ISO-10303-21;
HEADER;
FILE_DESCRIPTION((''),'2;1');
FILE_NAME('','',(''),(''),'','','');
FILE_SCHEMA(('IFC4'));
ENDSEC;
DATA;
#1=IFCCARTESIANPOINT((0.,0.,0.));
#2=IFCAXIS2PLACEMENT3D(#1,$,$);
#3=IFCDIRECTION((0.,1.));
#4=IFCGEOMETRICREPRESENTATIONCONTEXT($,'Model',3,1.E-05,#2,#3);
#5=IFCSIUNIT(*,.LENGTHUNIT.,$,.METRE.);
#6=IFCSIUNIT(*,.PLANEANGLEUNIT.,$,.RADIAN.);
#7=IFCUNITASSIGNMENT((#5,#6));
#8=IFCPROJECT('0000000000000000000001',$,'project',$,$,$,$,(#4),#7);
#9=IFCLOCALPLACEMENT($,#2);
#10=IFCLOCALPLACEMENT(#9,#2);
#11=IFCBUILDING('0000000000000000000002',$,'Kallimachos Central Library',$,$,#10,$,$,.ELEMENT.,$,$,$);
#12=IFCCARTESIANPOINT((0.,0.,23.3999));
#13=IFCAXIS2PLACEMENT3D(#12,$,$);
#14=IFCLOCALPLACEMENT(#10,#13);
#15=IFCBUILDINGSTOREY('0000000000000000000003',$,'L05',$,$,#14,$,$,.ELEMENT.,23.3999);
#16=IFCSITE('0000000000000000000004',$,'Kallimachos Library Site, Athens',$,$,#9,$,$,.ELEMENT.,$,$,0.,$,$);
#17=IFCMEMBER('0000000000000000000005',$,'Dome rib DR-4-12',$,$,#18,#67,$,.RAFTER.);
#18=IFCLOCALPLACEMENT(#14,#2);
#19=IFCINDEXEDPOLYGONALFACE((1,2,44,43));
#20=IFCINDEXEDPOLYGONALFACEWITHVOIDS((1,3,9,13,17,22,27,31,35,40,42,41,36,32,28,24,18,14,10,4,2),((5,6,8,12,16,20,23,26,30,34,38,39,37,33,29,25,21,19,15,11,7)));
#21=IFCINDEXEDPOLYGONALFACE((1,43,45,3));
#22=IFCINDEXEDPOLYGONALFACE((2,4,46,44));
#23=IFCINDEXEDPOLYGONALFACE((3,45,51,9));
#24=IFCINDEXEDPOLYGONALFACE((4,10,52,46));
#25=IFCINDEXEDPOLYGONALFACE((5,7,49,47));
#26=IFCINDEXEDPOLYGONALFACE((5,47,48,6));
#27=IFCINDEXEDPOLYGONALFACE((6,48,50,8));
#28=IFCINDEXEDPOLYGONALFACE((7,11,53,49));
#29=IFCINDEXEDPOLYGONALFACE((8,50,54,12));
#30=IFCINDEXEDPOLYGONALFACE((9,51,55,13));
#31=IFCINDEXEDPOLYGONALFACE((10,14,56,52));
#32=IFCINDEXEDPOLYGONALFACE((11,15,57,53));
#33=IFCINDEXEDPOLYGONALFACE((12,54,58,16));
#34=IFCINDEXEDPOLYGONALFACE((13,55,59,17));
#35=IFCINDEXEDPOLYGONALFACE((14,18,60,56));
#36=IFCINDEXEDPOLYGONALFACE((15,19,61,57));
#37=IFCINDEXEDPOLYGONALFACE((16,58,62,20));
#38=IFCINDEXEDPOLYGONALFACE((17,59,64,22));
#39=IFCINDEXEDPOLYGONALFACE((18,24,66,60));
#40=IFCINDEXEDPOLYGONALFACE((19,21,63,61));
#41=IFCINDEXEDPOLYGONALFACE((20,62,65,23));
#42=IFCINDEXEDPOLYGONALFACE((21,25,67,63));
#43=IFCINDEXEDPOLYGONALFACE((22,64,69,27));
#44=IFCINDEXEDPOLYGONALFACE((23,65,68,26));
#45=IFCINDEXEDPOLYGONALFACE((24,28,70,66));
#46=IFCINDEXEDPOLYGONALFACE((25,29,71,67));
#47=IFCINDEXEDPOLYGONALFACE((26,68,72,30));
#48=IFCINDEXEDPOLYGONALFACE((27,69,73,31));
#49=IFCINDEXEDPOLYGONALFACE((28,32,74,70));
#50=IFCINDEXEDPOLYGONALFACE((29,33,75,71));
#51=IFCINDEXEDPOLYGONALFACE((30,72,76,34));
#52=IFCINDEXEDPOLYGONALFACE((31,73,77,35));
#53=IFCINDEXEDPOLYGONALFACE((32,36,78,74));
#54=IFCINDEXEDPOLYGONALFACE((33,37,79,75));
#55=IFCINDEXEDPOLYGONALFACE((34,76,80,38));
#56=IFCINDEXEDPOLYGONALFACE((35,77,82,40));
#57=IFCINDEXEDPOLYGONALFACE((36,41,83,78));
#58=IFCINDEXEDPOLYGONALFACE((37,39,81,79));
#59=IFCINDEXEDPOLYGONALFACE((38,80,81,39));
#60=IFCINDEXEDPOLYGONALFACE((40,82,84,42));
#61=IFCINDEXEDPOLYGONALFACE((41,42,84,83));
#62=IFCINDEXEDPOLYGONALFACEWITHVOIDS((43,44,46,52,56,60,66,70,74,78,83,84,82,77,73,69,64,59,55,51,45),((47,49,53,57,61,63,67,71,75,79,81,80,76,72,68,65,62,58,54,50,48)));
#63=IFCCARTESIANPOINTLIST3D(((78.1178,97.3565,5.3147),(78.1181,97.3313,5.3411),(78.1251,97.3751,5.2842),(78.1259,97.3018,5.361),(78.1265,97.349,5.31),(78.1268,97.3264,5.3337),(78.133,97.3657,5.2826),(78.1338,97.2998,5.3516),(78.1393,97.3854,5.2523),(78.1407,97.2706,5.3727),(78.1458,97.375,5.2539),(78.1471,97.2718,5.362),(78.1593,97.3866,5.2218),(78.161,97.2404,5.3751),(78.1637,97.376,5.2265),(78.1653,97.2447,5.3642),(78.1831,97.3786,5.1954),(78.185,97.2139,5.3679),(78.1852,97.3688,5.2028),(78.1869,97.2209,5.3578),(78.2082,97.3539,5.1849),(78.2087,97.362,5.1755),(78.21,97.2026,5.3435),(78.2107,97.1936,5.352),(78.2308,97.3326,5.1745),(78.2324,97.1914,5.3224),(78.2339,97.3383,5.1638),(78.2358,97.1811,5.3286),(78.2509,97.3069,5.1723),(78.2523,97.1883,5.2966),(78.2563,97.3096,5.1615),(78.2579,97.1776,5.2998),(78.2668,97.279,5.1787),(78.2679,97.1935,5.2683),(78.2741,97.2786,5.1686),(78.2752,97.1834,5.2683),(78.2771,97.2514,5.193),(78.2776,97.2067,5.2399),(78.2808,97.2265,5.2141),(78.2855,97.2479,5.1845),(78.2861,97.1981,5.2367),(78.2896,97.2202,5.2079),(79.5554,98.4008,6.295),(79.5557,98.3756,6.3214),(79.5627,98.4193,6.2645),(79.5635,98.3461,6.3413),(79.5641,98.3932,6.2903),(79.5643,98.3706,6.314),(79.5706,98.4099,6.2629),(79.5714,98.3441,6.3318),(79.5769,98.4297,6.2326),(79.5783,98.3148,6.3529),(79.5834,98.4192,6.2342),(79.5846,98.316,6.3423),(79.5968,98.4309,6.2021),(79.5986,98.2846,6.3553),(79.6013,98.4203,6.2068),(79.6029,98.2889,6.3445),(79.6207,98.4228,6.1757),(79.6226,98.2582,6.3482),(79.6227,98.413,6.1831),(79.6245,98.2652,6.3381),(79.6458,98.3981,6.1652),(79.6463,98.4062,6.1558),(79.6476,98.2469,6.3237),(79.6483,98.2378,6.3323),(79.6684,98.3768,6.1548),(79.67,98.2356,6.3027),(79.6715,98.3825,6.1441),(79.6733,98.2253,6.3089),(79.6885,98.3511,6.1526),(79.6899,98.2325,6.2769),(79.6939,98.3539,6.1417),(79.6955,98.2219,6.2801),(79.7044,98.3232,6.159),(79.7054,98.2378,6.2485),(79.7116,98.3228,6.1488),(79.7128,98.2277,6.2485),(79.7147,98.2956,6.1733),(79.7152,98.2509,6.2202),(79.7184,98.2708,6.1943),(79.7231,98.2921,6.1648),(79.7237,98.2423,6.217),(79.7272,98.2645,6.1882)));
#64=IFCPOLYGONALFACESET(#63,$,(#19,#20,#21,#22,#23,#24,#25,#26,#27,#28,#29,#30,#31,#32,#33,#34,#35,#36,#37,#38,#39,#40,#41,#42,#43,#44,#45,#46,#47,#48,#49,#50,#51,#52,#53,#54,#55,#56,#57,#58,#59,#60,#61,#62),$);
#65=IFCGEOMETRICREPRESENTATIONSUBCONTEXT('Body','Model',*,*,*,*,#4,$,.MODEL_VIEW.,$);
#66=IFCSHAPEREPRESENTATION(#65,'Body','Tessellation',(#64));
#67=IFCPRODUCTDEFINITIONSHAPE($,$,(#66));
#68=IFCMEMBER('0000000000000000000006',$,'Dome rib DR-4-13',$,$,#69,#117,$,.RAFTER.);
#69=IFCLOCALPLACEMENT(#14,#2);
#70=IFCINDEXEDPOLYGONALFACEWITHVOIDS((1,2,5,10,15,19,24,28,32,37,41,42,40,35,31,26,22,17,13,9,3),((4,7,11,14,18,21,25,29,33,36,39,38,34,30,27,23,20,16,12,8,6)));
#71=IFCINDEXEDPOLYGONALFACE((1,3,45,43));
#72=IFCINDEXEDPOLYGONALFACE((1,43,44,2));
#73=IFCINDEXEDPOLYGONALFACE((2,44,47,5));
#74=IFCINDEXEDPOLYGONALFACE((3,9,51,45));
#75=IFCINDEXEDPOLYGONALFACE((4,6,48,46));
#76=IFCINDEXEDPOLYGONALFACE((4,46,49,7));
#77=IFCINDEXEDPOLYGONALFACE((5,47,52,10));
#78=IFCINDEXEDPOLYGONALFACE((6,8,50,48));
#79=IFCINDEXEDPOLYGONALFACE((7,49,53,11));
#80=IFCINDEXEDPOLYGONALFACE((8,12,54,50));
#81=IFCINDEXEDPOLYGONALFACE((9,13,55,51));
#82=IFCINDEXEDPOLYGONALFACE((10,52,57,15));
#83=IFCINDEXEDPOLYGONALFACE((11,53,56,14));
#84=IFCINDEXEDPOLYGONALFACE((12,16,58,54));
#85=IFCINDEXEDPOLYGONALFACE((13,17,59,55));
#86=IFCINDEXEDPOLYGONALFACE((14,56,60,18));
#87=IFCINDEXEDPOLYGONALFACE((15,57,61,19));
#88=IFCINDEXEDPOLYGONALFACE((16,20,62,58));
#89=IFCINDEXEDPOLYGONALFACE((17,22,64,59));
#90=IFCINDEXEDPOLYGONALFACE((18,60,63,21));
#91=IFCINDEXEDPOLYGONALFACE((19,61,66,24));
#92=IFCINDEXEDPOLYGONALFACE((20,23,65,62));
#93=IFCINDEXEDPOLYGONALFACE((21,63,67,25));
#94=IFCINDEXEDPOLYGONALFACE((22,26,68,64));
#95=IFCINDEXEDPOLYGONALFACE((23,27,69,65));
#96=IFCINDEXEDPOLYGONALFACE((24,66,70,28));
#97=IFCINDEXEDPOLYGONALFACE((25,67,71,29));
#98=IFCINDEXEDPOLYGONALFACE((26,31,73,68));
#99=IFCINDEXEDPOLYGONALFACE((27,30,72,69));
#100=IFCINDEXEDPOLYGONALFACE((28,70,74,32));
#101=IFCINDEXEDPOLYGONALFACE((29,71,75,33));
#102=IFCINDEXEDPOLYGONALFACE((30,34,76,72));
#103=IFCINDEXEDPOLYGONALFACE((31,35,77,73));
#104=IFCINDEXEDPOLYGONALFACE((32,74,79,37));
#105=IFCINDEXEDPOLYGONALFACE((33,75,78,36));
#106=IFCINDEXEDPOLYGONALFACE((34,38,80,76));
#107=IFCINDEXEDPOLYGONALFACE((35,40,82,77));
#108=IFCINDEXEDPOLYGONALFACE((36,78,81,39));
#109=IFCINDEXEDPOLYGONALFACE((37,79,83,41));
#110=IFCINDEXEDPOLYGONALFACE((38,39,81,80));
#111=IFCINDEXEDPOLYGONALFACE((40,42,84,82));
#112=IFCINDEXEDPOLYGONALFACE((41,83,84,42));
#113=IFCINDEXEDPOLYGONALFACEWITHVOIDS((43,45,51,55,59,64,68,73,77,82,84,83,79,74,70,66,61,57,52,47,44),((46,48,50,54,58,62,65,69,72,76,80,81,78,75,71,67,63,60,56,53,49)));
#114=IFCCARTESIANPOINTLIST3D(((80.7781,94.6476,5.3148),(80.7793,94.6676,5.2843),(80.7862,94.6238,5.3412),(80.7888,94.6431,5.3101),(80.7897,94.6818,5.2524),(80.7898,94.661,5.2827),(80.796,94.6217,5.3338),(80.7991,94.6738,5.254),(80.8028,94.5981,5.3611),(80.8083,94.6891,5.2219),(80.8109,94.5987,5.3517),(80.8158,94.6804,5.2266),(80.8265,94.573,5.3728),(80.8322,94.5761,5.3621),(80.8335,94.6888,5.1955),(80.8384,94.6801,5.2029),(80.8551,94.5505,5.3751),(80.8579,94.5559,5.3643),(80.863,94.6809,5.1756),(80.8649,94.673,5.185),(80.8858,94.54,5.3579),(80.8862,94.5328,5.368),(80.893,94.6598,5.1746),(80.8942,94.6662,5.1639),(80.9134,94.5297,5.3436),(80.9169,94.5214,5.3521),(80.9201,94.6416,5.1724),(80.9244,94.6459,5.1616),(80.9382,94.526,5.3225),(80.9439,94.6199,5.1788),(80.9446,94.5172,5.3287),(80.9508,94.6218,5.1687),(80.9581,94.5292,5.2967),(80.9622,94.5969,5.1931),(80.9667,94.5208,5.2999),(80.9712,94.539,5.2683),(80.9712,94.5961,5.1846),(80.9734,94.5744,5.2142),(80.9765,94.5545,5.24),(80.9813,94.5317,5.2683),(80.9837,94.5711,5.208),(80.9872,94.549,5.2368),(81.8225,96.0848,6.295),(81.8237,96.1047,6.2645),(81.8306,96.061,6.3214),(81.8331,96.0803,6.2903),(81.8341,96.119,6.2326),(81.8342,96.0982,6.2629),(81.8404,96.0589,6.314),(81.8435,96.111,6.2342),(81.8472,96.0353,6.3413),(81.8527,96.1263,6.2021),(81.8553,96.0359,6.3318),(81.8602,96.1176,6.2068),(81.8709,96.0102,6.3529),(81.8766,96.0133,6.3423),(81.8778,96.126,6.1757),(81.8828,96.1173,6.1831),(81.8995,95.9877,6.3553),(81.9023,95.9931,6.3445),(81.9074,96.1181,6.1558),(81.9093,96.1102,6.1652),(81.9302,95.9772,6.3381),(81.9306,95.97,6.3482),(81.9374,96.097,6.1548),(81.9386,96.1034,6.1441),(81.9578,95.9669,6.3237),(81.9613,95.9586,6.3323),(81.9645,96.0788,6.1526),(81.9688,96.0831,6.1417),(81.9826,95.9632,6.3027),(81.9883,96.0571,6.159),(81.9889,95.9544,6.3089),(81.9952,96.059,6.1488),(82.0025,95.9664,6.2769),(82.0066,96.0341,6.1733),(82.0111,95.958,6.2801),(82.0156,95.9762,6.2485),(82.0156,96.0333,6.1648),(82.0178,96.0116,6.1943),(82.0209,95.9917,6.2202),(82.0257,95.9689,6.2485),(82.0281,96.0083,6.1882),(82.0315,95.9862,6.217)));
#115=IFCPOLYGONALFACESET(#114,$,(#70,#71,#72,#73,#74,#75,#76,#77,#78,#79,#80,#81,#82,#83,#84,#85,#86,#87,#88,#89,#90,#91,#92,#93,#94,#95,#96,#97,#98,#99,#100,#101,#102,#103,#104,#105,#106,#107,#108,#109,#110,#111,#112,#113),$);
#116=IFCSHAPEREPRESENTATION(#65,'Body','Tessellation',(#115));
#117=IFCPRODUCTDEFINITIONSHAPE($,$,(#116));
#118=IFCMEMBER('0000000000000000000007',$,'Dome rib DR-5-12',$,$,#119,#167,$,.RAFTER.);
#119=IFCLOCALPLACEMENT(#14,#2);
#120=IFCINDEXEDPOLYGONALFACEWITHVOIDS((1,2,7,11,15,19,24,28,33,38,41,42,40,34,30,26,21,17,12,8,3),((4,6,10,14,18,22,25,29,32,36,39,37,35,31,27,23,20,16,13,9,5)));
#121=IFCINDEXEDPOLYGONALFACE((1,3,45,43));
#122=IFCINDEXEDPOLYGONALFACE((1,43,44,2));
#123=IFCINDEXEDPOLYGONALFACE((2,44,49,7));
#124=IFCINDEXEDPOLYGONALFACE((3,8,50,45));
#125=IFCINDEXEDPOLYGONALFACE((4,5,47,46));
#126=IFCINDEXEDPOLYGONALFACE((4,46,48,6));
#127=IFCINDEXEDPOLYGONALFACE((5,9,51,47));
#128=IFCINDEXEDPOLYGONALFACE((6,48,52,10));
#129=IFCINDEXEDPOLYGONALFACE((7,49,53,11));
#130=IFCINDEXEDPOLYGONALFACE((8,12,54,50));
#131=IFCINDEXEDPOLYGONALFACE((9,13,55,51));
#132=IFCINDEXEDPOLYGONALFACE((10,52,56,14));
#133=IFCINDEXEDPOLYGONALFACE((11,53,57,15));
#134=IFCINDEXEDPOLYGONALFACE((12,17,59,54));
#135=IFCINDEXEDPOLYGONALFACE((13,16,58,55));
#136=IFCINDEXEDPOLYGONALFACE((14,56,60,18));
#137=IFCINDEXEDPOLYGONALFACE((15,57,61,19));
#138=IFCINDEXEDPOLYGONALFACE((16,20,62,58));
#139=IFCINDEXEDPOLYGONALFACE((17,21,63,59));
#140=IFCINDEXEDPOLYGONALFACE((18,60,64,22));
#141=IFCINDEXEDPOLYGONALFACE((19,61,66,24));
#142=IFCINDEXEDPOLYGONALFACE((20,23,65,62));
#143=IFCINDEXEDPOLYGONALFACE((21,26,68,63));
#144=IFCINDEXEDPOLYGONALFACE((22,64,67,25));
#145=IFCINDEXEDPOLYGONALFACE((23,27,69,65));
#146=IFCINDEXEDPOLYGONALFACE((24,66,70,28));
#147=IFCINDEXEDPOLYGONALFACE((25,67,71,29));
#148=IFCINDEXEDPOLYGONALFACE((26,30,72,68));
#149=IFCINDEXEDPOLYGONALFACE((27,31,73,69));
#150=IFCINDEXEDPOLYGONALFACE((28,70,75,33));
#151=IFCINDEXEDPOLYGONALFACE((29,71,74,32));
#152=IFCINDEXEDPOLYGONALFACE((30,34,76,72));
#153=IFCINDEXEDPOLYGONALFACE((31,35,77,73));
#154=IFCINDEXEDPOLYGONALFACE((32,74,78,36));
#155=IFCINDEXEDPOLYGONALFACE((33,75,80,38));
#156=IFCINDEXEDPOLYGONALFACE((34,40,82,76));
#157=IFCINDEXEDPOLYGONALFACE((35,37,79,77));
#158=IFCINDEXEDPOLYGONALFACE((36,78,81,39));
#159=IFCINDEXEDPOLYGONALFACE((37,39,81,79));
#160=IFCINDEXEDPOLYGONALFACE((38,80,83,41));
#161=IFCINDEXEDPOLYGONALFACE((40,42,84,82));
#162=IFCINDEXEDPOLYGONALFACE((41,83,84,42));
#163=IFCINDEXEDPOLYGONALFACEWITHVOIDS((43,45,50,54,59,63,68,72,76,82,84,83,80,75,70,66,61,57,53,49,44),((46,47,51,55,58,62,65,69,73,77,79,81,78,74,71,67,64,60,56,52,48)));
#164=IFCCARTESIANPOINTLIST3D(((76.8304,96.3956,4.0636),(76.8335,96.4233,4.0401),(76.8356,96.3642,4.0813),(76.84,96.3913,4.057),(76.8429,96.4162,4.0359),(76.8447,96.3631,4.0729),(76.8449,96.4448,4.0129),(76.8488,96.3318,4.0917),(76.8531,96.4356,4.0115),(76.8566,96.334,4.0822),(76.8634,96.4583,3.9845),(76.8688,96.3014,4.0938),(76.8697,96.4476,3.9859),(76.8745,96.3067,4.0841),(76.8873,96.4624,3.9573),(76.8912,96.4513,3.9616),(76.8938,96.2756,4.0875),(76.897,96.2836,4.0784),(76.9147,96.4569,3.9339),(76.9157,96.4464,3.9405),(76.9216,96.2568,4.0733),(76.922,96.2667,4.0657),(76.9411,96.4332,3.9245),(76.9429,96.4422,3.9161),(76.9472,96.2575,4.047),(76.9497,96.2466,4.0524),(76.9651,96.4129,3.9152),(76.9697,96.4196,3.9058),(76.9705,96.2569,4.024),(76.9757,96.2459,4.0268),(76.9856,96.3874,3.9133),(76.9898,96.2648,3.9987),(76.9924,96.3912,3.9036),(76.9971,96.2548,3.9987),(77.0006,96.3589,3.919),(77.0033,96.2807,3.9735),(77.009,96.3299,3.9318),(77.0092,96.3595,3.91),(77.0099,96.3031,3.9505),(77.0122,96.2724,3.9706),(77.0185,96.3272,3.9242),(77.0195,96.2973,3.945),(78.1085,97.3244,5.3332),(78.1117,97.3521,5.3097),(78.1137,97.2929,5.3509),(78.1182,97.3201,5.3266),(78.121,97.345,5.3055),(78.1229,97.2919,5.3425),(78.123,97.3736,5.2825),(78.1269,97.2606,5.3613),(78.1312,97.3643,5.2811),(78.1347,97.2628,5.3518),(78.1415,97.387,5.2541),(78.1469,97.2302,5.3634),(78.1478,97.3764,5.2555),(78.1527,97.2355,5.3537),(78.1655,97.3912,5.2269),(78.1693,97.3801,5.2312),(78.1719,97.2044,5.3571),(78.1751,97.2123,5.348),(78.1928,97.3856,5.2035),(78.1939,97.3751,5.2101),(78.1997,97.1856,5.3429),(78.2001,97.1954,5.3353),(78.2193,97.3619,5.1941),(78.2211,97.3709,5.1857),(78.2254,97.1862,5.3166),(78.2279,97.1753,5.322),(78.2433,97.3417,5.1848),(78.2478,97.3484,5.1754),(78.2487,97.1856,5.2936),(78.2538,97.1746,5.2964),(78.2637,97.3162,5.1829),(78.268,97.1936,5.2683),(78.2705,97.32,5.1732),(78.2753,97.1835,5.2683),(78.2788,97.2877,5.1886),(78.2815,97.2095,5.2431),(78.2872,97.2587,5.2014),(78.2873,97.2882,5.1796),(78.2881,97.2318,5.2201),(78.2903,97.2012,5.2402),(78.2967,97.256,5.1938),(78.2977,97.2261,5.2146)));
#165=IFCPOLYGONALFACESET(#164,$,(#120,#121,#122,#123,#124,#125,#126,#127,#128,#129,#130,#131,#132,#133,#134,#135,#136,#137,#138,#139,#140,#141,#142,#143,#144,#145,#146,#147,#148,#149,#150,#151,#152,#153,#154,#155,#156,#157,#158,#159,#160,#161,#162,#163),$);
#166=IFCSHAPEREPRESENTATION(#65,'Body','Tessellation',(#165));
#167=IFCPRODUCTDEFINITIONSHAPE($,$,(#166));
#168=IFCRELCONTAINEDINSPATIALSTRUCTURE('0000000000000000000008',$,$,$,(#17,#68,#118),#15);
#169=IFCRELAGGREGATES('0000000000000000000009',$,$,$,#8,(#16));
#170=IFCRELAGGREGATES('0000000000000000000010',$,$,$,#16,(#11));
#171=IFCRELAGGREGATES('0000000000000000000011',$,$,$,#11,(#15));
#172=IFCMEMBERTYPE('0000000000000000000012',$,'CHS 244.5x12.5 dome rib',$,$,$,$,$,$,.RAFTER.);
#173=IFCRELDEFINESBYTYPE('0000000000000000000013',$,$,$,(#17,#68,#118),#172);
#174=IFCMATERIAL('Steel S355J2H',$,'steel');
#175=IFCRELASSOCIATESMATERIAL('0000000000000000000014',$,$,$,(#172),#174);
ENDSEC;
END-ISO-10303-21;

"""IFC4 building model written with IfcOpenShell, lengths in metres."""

from ifc_helpers import new_model, si_unit, direction, frame, origin, origin_2d, place, context, subcontext, project, spatial, hollow_circle, extrude, material, material_profile, profile_set, type_object, element, save


model = new_model("IFC4")

# Units and contexts
model_context = context("Model", 3, precision=1e-05, world=origin(), true_north=direction((0.0, 1.0)))
body_context = subcontext(model_context, "Body", "Model", "MODEL_VIEW")
ifc_project = project(units=[si_unit("LENGTHUNIT", "METRE"), si_unit("PLANEANGLEUNIT", "RADIAN")], contexts=[model_context])

# Site, building, storey
site_placement = place(None, origin())
site = spatial("IfcSite", under=ifc_project, at=site_placement, Name="Kallimachos Library Site, Athens", CompositionType="ELEMENT", RefElevation=0.0)
building_placement = place(site_placement, origin())
building = spatial("IfcBuilding", under=site, at=building_placement, Name="Kallimachos Central Library", CompositionType="ELEMENT")
storey_placement = place(building_placement, frame((0.0, 0.0, 23.3999)))
storey = spatial("IfcBuildingStorey", under=building, at=storey_placement, Name="L05", CompositionType="ELEMENT", Elevation=23.3999)

# Members
ifc_material_1 = material(Name="Steel S355J2H", Category="steel")
ifc_material_profile_1 = material_profile(ifc_material_1, hollow_circle(Radius=0.1223, WallThickness=0.0125, at=origin_2d()), Name="CHS 244.5x12.5")
ifc_profile_set_1 = profile_set([ifc_material_profile_1], Name="Steel S355J2H")
member_type_1 = type_object("IfcMemberType", Name="CHS 244.5x12.5 dome rib", PredefinedType="RAFTER", material=ifc_profile_set_1)
member_1_placement = place(storey_placement, frame((79.6409, 98.3267, 6.2485), z_axis=(-0.708414, -0.514586, -0.483064), x_axis=(0.587706, -0.809075, 0.0)))
element("IfcMember", 1, at=member_1_placement, inside=storey, type_object=member_type_1, Name="Dome rib DR-4-12", PredefinedType="RAFTER", context=body_context, shape_type="SweptSolid", body=[
    extrude(hollow_circle(Radius=0.1223, WallThickness=0.0125, at=origin_2d()), origin(), (0.0, 0.0, 1.0), 2.0293),
])
member_2_placement = place(storey_placement, frame((81.9268, 96.0408, 6.2485), z_axis=(-0.514719, -0.70831, -0.483075), x_axis=(0.808962, -0.587861, 0.0)))
element("IfcMember", 2, at=member_2_placement, inside=storey, type_object=member_type_1, Name="Dome rib DR-4-13", PredefinedType="RAFTER", context=body_context, shape_type="SweptSolid", body=[
    extrude(hollow_circle(Radius=0.1223, WallThickness=0.0125, at=origin_2d()), origin(), (0.0, 0.0, 1.0), 2.0291),
])
for number, where, z_axis, x_axis, name in (
    (3, (78.2034, 97.2825, 5.2683), (-0.630606, -0.458228, -0.626389), (0.587841, -0.808977, 0.0), "Dome rib DR-5-12"),
):
    element("IfcMember", number, at=place(storey_placement, frame(where, z_axis=z_axis, x_axis=x_axis)), inside=storey, type_object=member_type_1, Name=name, PredefinedType="RAFTER", context=body_context, shape_type="SweptSolid", body=[
        extrude(hollow_circle(Radius=0.1223, WallThickness=0.0125, at=origin_2d()), origin(), (0.0, 0.0, 1.0), 2.0269),
    ])

save(model, "model.ifc")
